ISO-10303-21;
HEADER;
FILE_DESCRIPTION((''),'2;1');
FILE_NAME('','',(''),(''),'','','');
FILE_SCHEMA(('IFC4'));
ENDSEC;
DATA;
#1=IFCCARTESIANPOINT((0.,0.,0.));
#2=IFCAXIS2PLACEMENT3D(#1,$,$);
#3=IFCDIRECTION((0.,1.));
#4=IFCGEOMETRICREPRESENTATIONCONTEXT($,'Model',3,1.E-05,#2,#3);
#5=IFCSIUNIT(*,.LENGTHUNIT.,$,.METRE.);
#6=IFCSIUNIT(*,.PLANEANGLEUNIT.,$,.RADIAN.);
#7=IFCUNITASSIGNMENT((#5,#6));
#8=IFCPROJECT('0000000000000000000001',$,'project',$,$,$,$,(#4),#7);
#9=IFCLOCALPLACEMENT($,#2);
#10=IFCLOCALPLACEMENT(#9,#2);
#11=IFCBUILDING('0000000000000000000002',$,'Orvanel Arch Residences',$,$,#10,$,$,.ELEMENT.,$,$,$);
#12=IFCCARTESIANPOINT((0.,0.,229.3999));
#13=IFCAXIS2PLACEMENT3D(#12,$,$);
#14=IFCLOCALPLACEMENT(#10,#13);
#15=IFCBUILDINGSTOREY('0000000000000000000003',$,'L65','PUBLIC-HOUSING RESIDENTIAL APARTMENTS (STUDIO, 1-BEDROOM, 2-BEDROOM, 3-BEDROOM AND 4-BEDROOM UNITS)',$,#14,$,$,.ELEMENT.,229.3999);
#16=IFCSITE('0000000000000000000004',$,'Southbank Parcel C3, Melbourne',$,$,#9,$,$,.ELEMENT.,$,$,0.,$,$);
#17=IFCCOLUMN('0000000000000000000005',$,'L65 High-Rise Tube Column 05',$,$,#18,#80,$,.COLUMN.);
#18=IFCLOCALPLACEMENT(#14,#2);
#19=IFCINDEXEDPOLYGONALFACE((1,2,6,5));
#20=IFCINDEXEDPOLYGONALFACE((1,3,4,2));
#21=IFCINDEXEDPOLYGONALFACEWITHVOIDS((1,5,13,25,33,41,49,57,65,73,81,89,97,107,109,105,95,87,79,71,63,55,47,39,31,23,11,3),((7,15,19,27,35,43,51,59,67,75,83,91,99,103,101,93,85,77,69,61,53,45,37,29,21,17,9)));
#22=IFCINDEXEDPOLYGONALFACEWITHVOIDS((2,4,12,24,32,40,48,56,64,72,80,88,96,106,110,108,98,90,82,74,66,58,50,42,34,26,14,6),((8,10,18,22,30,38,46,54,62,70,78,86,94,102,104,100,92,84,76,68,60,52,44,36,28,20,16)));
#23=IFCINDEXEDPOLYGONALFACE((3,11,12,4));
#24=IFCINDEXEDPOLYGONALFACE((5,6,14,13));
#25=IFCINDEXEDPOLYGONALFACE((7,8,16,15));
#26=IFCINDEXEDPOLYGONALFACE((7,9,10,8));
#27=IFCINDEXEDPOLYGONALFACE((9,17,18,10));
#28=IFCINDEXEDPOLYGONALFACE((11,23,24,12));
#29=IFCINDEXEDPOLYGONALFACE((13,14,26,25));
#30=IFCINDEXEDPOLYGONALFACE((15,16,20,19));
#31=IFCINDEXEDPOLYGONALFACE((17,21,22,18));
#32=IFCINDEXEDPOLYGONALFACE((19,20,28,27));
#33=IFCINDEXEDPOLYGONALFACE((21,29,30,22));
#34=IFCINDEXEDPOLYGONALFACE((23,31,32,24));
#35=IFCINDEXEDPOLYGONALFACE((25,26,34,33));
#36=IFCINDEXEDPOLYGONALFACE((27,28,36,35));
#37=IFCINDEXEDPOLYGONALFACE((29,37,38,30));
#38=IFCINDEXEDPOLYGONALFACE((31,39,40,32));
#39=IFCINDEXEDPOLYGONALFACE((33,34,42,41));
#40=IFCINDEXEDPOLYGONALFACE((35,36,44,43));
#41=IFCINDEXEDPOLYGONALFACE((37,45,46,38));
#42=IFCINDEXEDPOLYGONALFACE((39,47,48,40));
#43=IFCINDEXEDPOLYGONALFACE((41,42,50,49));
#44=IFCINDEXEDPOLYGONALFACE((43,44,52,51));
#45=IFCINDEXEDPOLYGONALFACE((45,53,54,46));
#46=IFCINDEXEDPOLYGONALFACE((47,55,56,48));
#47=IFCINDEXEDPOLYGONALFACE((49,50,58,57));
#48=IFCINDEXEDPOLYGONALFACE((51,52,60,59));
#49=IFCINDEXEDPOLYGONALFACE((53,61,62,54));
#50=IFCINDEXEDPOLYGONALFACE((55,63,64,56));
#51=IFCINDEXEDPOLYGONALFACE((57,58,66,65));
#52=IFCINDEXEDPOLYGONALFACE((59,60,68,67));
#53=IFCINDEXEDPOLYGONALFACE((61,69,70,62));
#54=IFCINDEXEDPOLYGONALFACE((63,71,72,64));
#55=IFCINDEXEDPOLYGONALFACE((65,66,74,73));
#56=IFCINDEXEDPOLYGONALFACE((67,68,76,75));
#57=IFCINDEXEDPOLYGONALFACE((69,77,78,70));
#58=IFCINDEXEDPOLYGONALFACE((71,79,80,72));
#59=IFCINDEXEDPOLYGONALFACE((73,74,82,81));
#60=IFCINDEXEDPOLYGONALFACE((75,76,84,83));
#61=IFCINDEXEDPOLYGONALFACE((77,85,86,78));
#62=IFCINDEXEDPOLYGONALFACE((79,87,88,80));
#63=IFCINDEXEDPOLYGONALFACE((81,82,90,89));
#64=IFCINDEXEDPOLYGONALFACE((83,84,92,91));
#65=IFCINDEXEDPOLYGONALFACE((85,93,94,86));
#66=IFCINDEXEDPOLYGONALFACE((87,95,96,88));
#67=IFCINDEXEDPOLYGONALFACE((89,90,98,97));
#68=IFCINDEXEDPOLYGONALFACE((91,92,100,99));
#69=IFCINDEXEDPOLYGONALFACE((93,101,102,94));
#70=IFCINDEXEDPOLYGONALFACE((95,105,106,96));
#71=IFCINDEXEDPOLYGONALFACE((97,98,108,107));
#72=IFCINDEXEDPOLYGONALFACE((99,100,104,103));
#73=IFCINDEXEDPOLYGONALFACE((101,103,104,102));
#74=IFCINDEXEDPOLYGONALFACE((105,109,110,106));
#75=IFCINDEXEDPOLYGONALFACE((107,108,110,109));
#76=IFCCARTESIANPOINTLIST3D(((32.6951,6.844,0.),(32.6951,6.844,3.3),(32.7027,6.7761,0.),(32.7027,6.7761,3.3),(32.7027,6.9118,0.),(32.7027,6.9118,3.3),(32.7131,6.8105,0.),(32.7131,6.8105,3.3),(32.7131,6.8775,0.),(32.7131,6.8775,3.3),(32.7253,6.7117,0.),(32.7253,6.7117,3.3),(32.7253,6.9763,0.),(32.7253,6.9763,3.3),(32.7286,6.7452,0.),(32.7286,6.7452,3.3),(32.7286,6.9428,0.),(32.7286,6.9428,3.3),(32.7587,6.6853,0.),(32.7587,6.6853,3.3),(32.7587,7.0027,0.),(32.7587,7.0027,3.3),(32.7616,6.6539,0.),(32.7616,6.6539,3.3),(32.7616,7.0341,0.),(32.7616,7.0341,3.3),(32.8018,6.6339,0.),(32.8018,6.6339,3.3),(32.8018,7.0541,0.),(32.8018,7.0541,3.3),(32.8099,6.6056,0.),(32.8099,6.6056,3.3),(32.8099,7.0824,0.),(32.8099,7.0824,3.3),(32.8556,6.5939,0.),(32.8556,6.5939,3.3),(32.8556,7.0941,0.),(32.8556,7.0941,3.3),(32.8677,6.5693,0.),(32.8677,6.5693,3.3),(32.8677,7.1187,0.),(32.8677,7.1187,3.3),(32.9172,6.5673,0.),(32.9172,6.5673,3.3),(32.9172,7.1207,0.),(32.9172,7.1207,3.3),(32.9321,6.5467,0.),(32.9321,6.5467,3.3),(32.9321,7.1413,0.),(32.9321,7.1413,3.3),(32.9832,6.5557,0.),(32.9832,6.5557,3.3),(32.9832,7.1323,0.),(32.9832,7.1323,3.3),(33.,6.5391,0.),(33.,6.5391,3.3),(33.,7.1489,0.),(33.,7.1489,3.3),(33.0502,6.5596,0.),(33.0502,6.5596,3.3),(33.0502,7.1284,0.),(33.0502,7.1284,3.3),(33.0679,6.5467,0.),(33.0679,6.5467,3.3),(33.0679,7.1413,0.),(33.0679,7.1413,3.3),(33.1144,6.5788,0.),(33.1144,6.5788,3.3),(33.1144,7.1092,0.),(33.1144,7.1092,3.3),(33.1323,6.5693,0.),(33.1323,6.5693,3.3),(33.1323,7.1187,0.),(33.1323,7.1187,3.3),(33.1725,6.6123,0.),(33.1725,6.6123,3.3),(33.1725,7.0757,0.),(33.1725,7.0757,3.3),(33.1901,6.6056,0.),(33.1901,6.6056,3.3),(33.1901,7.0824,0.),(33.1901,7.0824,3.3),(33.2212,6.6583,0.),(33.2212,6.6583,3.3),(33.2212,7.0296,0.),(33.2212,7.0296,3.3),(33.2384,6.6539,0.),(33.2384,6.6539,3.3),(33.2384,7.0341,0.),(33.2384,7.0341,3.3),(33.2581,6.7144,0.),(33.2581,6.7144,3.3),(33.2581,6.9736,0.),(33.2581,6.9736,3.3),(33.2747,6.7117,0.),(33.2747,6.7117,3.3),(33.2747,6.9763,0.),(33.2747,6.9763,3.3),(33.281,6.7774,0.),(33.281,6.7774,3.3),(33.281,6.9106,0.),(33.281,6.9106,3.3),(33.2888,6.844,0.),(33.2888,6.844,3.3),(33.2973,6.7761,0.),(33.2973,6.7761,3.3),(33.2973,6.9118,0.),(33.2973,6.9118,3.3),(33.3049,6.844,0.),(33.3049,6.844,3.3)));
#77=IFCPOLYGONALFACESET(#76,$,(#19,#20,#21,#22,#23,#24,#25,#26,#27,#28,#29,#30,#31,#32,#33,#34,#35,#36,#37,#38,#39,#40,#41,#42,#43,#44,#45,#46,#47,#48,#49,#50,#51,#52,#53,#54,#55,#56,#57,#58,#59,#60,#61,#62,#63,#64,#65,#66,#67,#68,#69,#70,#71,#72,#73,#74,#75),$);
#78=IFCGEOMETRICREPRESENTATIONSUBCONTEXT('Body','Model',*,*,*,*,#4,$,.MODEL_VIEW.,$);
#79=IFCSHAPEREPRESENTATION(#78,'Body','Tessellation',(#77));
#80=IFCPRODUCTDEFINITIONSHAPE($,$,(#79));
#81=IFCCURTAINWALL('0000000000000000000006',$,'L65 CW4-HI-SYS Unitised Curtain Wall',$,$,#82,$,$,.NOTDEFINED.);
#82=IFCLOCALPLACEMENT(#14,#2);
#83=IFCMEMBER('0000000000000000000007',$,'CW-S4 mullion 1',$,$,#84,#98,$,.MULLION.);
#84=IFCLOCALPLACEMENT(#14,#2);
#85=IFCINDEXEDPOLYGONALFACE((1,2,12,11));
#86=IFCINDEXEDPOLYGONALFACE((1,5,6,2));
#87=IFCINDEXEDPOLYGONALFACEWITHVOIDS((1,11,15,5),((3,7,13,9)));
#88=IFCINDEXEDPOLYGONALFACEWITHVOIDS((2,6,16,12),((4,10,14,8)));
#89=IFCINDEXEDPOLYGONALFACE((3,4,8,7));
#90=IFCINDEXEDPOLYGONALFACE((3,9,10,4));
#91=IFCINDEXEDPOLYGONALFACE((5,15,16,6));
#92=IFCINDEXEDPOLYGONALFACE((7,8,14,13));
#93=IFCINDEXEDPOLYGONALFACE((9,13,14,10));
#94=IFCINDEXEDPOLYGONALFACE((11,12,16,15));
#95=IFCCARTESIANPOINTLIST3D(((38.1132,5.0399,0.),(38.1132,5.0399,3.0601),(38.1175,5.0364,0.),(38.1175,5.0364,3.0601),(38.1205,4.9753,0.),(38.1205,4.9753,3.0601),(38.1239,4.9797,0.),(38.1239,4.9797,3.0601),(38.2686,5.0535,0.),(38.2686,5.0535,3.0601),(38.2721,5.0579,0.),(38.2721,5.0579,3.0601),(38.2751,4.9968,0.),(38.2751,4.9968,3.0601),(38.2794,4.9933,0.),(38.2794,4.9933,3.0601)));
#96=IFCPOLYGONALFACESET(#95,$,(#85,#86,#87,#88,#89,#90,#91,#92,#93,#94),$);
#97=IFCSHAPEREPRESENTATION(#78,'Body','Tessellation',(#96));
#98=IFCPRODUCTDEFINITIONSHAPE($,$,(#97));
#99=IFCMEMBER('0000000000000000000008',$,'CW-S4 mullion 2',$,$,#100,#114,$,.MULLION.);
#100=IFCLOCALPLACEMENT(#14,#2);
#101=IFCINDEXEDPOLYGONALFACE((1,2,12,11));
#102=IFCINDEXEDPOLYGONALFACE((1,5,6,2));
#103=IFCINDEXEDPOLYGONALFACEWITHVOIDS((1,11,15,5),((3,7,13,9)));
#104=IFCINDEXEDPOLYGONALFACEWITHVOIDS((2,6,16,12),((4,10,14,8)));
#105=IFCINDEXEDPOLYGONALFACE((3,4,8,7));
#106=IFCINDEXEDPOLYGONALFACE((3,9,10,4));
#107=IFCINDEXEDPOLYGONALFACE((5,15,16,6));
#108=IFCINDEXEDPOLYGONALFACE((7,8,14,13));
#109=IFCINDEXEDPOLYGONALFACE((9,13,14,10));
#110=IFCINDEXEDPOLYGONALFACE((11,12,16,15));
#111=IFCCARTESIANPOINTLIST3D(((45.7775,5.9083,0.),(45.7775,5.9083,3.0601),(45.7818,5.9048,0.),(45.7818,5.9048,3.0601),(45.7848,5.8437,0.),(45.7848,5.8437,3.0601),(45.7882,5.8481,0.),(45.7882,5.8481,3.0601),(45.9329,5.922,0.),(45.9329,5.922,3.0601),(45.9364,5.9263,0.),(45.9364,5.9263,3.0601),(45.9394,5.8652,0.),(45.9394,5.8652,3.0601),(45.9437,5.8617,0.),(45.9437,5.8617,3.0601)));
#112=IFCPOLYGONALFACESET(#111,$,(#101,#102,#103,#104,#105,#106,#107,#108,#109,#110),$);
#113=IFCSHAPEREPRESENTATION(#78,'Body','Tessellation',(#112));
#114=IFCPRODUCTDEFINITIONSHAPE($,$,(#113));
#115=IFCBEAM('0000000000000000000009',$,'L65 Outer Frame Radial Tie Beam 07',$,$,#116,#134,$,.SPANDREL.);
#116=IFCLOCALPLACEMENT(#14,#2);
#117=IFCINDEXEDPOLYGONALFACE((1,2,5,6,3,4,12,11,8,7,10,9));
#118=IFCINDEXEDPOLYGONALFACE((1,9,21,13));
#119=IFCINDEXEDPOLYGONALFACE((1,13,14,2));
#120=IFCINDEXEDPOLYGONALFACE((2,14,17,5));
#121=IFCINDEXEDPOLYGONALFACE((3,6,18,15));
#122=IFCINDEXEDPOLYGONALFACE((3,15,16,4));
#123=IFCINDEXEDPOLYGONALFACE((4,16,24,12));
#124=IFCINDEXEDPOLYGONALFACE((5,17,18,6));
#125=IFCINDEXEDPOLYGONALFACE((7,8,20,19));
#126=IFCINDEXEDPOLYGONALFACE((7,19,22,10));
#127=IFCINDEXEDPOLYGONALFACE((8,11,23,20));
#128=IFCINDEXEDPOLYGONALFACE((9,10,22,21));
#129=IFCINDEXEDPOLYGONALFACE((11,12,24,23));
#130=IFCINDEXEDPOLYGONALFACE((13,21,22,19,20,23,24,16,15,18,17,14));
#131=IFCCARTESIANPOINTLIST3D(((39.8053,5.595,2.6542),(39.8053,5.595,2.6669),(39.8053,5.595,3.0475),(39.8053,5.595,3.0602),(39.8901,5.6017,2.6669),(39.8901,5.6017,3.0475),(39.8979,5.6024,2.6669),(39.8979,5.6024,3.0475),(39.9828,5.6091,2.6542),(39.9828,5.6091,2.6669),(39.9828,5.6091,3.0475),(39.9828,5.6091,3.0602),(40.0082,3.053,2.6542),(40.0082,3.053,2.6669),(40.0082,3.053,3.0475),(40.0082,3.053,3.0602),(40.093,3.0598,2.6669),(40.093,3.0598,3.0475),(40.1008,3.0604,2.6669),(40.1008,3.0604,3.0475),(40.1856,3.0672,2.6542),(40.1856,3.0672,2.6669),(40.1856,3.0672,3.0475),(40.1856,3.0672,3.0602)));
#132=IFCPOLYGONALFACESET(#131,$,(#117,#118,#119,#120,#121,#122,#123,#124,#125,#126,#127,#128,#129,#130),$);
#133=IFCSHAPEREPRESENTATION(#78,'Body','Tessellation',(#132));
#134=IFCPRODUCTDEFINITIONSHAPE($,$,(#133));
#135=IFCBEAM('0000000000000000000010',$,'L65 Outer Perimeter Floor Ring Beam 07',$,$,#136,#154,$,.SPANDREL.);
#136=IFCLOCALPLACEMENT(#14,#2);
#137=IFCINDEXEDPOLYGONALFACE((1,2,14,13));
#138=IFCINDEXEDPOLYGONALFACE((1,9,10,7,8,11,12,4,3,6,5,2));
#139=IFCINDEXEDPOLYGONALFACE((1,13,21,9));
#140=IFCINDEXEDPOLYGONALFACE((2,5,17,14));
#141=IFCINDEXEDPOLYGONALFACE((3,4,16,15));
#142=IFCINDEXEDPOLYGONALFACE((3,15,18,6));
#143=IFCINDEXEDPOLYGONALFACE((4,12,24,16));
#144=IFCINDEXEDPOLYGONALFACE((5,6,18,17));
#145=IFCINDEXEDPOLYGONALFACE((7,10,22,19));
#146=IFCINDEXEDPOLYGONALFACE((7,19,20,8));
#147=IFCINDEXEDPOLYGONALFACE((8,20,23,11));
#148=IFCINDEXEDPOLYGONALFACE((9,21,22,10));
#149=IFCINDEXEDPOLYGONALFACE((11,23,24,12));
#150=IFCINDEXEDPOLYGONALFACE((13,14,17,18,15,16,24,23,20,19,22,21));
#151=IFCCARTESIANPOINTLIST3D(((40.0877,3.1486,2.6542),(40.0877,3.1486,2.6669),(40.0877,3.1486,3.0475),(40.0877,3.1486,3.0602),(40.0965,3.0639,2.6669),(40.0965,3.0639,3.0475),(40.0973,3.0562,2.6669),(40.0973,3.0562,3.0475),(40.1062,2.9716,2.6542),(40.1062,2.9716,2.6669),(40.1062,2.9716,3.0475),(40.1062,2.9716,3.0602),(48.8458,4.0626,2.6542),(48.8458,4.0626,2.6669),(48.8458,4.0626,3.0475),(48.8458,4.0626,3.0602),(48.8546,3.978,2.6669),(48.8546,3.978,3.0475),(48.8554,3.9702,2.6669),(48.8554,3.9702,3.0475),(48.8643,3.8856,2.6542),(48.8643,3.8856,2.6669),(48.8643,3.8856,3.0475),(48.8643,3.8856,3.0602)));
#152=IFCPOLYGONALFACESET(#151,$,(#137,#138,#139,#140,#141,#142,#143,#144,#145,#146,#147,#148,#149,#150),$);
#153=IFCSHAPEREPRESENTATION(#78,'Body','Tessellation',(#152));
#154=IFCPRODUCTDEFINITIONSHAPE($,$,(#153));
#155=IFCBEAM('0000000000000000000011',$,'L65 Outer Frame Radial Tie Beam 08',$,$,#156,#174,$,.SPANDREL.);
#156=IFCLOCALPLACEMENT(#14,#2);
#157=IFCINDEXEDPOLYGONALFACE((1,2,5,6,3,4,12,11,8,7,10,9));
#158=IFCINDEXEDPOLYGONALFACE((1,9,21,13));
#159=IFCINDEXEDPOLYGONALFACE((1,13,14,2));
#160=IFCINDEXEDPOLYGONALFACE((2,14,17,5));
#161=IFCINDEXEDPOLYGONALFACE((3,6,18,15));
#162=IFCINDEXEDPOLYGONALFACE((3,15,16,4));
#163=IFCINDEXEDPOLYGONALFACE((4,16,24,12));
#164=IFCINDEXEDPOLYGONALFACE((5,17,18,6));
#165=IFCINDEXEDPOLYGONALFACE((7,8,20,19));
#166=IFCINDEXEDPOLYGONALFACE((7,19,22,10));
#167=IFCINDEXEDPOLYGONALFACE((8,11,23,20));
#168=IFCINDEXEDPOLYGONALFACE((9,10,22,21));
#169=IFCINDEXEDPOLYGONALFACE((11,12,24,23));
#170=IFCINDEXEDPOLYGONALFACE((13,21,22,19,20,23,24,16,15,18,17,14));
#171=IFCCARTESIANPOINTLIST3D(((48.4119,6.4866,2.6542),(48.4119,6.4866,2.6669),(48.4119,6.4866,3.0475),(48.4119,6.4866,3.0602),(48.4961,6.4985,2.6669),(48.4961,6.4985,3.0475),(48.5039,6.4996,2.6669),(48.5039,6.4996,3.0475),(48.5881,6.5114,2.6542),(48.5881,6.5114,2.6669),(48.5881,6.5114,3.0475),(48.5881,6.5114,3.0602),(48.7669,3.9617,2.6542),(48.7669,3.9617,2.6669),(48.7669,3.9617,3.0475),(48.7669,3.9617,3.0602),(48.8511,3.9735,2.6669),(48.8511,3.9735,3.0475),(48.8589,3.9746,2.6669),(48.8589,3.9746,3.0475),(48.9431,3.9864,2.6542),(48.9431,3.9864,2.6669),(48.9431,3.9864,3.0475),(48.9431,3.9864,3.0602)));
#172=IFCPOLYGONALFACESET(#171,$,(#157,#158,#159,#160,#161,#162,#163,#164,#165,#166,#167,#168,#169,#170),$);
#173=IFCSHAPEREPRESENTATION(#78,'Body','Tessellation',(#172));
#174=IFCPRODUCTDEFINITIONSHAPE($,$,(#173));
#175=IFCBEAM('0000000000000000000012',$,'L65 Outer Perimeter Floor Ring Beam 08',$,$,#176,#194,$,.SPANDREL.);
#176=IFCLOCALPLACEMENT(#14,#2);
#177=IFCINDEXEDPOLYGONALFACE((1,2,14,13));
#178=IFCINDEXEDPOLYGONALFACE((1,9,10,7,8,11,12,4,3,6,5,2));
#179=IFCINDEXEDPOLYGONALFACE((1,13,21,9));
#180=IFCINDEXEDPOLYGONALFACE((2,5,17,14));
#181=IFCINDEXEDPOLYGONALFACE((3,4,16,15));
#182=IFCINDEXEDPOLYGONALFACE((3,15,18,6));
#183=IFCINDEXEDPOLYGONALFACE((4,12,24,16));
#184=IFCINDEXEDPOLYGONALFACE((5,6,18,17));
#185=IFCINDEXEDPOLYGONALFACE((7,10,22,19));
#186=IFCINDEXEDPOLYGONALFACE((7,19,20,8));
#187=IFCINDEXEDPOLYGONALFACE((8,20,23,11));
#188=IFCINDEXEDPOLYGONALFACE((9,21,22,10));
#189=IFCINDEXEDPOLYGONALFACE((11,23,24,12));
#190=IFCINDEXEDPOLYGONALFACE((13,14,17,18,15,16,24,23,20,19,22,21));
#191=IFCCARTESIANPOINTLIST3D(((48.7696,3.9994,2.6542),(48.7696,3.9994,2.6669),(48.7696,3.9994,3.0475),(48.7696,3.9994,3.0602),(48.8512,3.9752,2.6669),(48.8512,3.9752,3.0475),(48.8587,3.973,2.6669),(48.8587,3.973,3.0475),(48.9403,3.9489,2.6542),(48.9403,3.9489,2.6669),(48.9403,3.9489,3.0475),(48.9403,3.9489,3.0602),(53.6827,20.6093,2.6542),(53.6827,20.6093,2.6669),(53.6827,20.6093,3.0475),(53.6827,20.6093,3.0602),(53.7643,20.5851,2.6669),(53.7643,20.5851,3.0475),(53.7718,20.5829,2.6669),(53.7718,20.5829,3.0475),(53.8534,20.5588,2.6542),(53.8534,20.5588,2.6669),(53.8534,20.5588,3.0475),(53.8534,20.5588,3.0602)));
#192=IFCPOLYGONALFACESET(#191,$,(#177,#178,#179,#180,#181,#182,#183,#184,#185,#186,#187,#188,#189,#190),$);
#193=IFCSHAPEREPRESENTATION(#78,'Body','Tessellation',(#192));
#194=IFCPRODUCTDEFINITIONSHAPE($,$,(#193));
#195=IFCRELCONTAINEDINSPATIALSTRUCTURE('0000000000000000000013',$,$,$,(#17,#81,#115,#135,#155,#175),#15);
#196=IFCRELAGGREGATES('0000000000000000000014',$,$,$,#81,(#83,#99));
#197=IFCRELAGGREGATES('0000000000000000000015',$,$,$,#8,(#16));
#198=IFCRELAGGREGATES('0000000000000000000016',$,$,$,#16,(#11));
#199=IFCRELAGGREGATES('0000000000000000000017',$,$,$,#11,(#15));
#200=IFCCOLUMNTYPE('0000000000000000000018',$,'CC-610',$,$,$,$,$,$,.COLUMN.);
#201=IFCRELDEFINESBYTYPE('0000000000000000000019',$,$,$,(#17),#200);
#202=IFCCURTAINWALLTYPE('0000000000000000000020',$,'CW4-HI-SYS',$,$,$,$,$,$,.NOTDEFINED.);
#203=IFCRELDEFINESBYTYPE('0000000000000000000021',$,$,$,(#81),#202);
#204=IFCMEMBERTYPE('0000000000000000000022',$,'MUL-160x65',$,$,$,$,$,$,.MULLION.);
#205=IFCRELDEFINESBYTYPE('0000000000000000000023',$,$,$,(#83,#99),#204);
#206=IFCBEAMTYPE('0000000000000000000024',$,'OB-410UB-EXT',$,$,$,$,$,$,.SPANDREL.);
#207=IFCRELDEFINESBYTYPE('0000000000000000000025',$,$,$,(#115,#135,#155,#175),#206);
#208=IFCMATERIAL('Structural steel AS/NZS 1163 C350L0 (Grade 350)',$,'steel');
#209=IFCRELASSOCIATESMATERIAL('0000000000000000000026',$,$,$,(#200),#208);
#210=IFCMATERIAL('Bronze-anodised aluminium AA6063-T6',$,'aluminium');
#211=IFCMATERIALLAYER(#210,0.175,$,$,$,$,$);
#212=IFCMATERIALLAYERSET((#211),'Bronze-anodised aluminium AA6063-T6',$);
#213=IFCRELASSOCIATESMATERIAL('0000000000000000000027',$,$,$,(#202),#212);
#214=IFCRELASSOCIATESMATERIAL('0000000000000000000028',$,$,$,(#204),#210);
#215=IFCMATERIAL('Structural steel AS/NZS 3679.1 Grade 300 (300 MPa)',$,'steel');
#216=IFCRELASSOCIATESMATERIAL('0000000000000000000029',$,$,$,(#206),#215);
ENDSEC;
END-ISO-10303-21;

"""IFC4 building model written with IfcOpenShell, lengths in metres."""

from ifc_helpers import new_model, si_unit, direction, frame, origin, origin_2d, place, context, subcontext, project, spatial, hollow_rectangle, hollow_circle, i_section, extrude, material, layer, layer_set, material_profile, profile_set, type_object, element, aggregate, save


model = new_model("IFC4")

# Units and contexts
model_context = context("Model", 3, precision=1e-05, world=origin(), true_north=direction((0.0, 1.0)))
body_context = subcontext(model_context, "Body", "Model", "MODEL_VIEW")
ifc_project = project(units=[si_unit("LENGTHUNIT", "METRE"), si_unit("PLANEANGLEUNIT", "RADIAN")], contexts=[model_context])

# Site, building, storey
site_placement = place(None, origin())
site = spatial("IfcSite", under=ifc_project, at=site_placement, Name="Southbank Parcel C3, Melbourne", CompositionType="ELEMENT", RefElevation=0.0)
building_placement = place(site_placement, origin())
building = spatial("IfcBuilding", under=site, at=building_placement, Name="Orvanel Arch Residences", CompositionType="ELEMENT")
storey_placement = place(building_placement, frame((0.0, 0.0, 229.3999)))
storey = spatial("IfcBuildingStorey", under=building, at=storey_placement, Name="L65", Description="PUBLIC-HOUSING RESIDENTIAL APARTMENTS (STUDIO, 1-BEDROOM, 2-BEDROOM, 3-BEDROOM AND 4-BEDROOM UNITS)", CompositionType="ELEMENT", Elevation=229.3999)

# Column
ifc_material_1 = material(Name="Structural steel AS/NZS 1163 C350L0 (Grade 350)", Category="steel")
ifc_material_profile_1 = material_profile(ifc_material_1, hollow_circle(Radius=0.3049, WallThickness=0.0161, at=origin_2d()), Name="CHS610x16")
ifc_profile_set_1 = profile_set([ifc_material_profile_1], Name="Structural steel AS/NZS 1163 C350L0 (Grade 350)")
column_type = type_object("IfcColumnType", Name="CC-610", PredefinedType="COLUMN", material=ifc_profile_set_1)
column_placement = place(storey_placement, frame((33.0, 6.844, 0.0), z_axis=(0.0, 0.0, 1.0), x_axis=(1.0, 0.0, 0.0)))
element("IfcColumn", 1, at=column_placement, inside=storey, type_object=column_type, Name="L65 High-Rise Tube Column 05", PredefinedType="COLUMN", context=body_context, shape_type="SweptSolid", body=[
    extrude(hollow_circle(Radius=0.3049, WallThickness=0.0161, at=origin_2d()), origin(), (0.0, 0.0, 1.0), 3.3),
])

# Curtain wall, members
ifc_material_2 = material(Name="Bronze-anodised aluminium AA6063-T6", Category="aluminium")
ifc_layer_1 = layer(ifc_material_2, 0.175)
ifc_layer_set_1 = layer_set([ifc_layer_1], Name="Bronze-anodised aluminium AA6063-T6")
curtain_wall_type = type_object("IfcCurtainWallType", Name="CW4-HI-SYS", PredefinedType="NOTDEFINED", material=ifc_layer_set_1)
curtain_wall_placement = place(storey_placement, origin())
curtain_wall = element("IfcCurtainWall", 2, at=curtain_wall_placement, inside=storey, type_object=curtain_wall_type, Name="L65 CW4-HI-SYS Unitised Curtain Wall", PredefinedType="NOTDEFINED")
ifc_material_profile_2 = material_profile(ifc_material_2, hollow_rectangle(XDim=0.0649, YDim=0.1599, WallThickness=0.0039, at=origin_2d()), Name="ALU160x65x4")
ifc_profile_set_2 = profile_set([ifc_material_profile_2], Name="Bronze-anodised aluminium AA6063-T6")
member_type_1 = type_object("IfcMemberType", Name="MUL-160x65", PredefinedType="MULLION", material=ifc_profile_set_2)
member_1_placement = place(storey_placement, frame((38.1963, 5.0166, 0.0), z_axis=(0.0, 0.0, 1.0), x_axis=(-0.112578, 0.993643, 0.0)))
member_1 = element("IfcMember", 3, at=member_1_placement, type_object=member_type_1, Name="CW-S4 mullion 1", PredefinedType="MULLION", context=body_context, shape_type="SweptSolid", body=[
    extrude(hollow_rectangle(XDim=0.0649, YDim=0.1599, WallThickness=0.0039, at=origin_2d()), origin(), (0.0, 0.0, 1.0), 3.0601),
])
member_2_placement = place(storey_placement, frame((45.8606, 5.885, 0.0), z_axis=(0.0, 0.0, 1.0), x_axis=(-0.112578, 0.993643, 0.0)))
member_2 = element("IfcMember", 4, at=member_2_placement, type_object=member_type_1, Name="CW-S4 mullion 2", PredefinedType="MULLION", context=body_context, shape_type="SweptSolid", body=[
    extrude(hollow_rectangle(XDim=0.0649, YDim=0.1599, WallThickness=0.0039, at=origin_2d()), origin(), (0.0, 0.0, 1.0), 3.0601),
])

# Beams
ifc_material_3 = material(Name="Structural steel AS/NZS 3679.1 Grade 300 (300 MPa)", Category="steel")
ifc_material_profile_3 = material_profile(ifc_material_3, i_section(OverallWidth=0.178, OverallDepth=0.406, WebThickness=0.0078, FlangeThickness=0.0127, at=origin_2d()), Name="410UB59.7")
ifc_profile_set_3 = profile_set([ifc_material_profile_3], Name="Structural steel AS/NZS 3679.1 Grade 300 (300 MPa)")
beam_type_1 = type_object("IfcBeamType", Name="OB-410UB-EXT", PredefinedType="SPANDREL", material=ifc_profile_set_3)
beam_1_placement = place(storey_placement, frame((39.894, 5.6021, 2.8572), z_axis=(0.079559, -0.99683, 0.0), x_axis=(0.99683, 0.079559, 0.0)))
element("IfcBeam", 5, at=beam_1_placement, inside=storey, type_object=beam_type_1, Name="L65 Outer Frame Radial Tie Beam 07", PredefinedType="SPANDREL", context=body_context, shape_type="SweptSolid", body=[
    extrude(i_section(OverallWidth=0.178, OverallDepth=0.406, WebThickness=0.0078, FlangeThickness=0.0127, at=origin_2d()), origin(), (0.0, 0.0, 1.0), 2.55),
])
beam_2_placement = place(storey_placement, frame((40.0969, 3.0601, 2.8572), z_axis=(0.994598, 0.103804, 0.0), x_axis=(-0.103804, 0.994598, 0.0)))
element("IfcBeam", 6, at=beam_2_placement, inside=storey, type_object=beam_type_1, Name="L65 Outer Perimeter Floor Ring Beam 07", PredefinedType="SPANDREL", context=body_context, shape_type="SweptSolid", body=[
    extrude(i_section(OverallWidth=0.178, OverallDepth=0.406, WebThickness=0.0078, FlangeThickness=0.0127, at=origin_2d()), origin(), (0.0, 0.0, 1.0), 8.8057),
])
beam_3_placement = place(storey_placement, frame((48.5, 6.499, 2.8572), z_axis=(0.139223, -0.990261, 0.0), x_axis=(0.990261, 0.139223, 0.0)))
element("IfcBeam", 7, at=beam_3_placement, inside=storey, type_object=beam_type_1, Name="L65 Outer Frame Radial Tie Beam 08", PredefinedType="SPANDREL", context=body_context, shape_type="SweptSolid", body=[
    extrude(i_section(OverallWidth=0.178, OverallDepth=0.406, WebThickness=0.0078, FlangeThickness=0.0127, at=origin_2d()), origin(), (0.0, 0.0, 1.0), 2.5498),
])
beam_4_placement = place(storey_placement, frame((48.855, 3.9741, 2.8572), z_axis=(0.283645, 0.958929, 0.0), x_axis=(-0.958929, 0.283645, 0.0)))
element("IfcBeam", 8, at=beam_4_placement, inside=storey, type_object=beam_type_1, Name="L65 Outer Perimeter Floor Ring Beam 08", PredefinedType="SPANDREL", context=body_context, shape_type="SweptSolid", body=[
    extrude(i_section(OverallWidth=0.178, OverallDepth=0.406, WebThickness=0.0078, FlangeThickness=0.0127, at=origin_2d()), origin(), (0.0, 0.0, 1.0), 17.3213),
])

aggregate(curtain_wall, [member_1, member_2])

save(model, "model.ifc")
